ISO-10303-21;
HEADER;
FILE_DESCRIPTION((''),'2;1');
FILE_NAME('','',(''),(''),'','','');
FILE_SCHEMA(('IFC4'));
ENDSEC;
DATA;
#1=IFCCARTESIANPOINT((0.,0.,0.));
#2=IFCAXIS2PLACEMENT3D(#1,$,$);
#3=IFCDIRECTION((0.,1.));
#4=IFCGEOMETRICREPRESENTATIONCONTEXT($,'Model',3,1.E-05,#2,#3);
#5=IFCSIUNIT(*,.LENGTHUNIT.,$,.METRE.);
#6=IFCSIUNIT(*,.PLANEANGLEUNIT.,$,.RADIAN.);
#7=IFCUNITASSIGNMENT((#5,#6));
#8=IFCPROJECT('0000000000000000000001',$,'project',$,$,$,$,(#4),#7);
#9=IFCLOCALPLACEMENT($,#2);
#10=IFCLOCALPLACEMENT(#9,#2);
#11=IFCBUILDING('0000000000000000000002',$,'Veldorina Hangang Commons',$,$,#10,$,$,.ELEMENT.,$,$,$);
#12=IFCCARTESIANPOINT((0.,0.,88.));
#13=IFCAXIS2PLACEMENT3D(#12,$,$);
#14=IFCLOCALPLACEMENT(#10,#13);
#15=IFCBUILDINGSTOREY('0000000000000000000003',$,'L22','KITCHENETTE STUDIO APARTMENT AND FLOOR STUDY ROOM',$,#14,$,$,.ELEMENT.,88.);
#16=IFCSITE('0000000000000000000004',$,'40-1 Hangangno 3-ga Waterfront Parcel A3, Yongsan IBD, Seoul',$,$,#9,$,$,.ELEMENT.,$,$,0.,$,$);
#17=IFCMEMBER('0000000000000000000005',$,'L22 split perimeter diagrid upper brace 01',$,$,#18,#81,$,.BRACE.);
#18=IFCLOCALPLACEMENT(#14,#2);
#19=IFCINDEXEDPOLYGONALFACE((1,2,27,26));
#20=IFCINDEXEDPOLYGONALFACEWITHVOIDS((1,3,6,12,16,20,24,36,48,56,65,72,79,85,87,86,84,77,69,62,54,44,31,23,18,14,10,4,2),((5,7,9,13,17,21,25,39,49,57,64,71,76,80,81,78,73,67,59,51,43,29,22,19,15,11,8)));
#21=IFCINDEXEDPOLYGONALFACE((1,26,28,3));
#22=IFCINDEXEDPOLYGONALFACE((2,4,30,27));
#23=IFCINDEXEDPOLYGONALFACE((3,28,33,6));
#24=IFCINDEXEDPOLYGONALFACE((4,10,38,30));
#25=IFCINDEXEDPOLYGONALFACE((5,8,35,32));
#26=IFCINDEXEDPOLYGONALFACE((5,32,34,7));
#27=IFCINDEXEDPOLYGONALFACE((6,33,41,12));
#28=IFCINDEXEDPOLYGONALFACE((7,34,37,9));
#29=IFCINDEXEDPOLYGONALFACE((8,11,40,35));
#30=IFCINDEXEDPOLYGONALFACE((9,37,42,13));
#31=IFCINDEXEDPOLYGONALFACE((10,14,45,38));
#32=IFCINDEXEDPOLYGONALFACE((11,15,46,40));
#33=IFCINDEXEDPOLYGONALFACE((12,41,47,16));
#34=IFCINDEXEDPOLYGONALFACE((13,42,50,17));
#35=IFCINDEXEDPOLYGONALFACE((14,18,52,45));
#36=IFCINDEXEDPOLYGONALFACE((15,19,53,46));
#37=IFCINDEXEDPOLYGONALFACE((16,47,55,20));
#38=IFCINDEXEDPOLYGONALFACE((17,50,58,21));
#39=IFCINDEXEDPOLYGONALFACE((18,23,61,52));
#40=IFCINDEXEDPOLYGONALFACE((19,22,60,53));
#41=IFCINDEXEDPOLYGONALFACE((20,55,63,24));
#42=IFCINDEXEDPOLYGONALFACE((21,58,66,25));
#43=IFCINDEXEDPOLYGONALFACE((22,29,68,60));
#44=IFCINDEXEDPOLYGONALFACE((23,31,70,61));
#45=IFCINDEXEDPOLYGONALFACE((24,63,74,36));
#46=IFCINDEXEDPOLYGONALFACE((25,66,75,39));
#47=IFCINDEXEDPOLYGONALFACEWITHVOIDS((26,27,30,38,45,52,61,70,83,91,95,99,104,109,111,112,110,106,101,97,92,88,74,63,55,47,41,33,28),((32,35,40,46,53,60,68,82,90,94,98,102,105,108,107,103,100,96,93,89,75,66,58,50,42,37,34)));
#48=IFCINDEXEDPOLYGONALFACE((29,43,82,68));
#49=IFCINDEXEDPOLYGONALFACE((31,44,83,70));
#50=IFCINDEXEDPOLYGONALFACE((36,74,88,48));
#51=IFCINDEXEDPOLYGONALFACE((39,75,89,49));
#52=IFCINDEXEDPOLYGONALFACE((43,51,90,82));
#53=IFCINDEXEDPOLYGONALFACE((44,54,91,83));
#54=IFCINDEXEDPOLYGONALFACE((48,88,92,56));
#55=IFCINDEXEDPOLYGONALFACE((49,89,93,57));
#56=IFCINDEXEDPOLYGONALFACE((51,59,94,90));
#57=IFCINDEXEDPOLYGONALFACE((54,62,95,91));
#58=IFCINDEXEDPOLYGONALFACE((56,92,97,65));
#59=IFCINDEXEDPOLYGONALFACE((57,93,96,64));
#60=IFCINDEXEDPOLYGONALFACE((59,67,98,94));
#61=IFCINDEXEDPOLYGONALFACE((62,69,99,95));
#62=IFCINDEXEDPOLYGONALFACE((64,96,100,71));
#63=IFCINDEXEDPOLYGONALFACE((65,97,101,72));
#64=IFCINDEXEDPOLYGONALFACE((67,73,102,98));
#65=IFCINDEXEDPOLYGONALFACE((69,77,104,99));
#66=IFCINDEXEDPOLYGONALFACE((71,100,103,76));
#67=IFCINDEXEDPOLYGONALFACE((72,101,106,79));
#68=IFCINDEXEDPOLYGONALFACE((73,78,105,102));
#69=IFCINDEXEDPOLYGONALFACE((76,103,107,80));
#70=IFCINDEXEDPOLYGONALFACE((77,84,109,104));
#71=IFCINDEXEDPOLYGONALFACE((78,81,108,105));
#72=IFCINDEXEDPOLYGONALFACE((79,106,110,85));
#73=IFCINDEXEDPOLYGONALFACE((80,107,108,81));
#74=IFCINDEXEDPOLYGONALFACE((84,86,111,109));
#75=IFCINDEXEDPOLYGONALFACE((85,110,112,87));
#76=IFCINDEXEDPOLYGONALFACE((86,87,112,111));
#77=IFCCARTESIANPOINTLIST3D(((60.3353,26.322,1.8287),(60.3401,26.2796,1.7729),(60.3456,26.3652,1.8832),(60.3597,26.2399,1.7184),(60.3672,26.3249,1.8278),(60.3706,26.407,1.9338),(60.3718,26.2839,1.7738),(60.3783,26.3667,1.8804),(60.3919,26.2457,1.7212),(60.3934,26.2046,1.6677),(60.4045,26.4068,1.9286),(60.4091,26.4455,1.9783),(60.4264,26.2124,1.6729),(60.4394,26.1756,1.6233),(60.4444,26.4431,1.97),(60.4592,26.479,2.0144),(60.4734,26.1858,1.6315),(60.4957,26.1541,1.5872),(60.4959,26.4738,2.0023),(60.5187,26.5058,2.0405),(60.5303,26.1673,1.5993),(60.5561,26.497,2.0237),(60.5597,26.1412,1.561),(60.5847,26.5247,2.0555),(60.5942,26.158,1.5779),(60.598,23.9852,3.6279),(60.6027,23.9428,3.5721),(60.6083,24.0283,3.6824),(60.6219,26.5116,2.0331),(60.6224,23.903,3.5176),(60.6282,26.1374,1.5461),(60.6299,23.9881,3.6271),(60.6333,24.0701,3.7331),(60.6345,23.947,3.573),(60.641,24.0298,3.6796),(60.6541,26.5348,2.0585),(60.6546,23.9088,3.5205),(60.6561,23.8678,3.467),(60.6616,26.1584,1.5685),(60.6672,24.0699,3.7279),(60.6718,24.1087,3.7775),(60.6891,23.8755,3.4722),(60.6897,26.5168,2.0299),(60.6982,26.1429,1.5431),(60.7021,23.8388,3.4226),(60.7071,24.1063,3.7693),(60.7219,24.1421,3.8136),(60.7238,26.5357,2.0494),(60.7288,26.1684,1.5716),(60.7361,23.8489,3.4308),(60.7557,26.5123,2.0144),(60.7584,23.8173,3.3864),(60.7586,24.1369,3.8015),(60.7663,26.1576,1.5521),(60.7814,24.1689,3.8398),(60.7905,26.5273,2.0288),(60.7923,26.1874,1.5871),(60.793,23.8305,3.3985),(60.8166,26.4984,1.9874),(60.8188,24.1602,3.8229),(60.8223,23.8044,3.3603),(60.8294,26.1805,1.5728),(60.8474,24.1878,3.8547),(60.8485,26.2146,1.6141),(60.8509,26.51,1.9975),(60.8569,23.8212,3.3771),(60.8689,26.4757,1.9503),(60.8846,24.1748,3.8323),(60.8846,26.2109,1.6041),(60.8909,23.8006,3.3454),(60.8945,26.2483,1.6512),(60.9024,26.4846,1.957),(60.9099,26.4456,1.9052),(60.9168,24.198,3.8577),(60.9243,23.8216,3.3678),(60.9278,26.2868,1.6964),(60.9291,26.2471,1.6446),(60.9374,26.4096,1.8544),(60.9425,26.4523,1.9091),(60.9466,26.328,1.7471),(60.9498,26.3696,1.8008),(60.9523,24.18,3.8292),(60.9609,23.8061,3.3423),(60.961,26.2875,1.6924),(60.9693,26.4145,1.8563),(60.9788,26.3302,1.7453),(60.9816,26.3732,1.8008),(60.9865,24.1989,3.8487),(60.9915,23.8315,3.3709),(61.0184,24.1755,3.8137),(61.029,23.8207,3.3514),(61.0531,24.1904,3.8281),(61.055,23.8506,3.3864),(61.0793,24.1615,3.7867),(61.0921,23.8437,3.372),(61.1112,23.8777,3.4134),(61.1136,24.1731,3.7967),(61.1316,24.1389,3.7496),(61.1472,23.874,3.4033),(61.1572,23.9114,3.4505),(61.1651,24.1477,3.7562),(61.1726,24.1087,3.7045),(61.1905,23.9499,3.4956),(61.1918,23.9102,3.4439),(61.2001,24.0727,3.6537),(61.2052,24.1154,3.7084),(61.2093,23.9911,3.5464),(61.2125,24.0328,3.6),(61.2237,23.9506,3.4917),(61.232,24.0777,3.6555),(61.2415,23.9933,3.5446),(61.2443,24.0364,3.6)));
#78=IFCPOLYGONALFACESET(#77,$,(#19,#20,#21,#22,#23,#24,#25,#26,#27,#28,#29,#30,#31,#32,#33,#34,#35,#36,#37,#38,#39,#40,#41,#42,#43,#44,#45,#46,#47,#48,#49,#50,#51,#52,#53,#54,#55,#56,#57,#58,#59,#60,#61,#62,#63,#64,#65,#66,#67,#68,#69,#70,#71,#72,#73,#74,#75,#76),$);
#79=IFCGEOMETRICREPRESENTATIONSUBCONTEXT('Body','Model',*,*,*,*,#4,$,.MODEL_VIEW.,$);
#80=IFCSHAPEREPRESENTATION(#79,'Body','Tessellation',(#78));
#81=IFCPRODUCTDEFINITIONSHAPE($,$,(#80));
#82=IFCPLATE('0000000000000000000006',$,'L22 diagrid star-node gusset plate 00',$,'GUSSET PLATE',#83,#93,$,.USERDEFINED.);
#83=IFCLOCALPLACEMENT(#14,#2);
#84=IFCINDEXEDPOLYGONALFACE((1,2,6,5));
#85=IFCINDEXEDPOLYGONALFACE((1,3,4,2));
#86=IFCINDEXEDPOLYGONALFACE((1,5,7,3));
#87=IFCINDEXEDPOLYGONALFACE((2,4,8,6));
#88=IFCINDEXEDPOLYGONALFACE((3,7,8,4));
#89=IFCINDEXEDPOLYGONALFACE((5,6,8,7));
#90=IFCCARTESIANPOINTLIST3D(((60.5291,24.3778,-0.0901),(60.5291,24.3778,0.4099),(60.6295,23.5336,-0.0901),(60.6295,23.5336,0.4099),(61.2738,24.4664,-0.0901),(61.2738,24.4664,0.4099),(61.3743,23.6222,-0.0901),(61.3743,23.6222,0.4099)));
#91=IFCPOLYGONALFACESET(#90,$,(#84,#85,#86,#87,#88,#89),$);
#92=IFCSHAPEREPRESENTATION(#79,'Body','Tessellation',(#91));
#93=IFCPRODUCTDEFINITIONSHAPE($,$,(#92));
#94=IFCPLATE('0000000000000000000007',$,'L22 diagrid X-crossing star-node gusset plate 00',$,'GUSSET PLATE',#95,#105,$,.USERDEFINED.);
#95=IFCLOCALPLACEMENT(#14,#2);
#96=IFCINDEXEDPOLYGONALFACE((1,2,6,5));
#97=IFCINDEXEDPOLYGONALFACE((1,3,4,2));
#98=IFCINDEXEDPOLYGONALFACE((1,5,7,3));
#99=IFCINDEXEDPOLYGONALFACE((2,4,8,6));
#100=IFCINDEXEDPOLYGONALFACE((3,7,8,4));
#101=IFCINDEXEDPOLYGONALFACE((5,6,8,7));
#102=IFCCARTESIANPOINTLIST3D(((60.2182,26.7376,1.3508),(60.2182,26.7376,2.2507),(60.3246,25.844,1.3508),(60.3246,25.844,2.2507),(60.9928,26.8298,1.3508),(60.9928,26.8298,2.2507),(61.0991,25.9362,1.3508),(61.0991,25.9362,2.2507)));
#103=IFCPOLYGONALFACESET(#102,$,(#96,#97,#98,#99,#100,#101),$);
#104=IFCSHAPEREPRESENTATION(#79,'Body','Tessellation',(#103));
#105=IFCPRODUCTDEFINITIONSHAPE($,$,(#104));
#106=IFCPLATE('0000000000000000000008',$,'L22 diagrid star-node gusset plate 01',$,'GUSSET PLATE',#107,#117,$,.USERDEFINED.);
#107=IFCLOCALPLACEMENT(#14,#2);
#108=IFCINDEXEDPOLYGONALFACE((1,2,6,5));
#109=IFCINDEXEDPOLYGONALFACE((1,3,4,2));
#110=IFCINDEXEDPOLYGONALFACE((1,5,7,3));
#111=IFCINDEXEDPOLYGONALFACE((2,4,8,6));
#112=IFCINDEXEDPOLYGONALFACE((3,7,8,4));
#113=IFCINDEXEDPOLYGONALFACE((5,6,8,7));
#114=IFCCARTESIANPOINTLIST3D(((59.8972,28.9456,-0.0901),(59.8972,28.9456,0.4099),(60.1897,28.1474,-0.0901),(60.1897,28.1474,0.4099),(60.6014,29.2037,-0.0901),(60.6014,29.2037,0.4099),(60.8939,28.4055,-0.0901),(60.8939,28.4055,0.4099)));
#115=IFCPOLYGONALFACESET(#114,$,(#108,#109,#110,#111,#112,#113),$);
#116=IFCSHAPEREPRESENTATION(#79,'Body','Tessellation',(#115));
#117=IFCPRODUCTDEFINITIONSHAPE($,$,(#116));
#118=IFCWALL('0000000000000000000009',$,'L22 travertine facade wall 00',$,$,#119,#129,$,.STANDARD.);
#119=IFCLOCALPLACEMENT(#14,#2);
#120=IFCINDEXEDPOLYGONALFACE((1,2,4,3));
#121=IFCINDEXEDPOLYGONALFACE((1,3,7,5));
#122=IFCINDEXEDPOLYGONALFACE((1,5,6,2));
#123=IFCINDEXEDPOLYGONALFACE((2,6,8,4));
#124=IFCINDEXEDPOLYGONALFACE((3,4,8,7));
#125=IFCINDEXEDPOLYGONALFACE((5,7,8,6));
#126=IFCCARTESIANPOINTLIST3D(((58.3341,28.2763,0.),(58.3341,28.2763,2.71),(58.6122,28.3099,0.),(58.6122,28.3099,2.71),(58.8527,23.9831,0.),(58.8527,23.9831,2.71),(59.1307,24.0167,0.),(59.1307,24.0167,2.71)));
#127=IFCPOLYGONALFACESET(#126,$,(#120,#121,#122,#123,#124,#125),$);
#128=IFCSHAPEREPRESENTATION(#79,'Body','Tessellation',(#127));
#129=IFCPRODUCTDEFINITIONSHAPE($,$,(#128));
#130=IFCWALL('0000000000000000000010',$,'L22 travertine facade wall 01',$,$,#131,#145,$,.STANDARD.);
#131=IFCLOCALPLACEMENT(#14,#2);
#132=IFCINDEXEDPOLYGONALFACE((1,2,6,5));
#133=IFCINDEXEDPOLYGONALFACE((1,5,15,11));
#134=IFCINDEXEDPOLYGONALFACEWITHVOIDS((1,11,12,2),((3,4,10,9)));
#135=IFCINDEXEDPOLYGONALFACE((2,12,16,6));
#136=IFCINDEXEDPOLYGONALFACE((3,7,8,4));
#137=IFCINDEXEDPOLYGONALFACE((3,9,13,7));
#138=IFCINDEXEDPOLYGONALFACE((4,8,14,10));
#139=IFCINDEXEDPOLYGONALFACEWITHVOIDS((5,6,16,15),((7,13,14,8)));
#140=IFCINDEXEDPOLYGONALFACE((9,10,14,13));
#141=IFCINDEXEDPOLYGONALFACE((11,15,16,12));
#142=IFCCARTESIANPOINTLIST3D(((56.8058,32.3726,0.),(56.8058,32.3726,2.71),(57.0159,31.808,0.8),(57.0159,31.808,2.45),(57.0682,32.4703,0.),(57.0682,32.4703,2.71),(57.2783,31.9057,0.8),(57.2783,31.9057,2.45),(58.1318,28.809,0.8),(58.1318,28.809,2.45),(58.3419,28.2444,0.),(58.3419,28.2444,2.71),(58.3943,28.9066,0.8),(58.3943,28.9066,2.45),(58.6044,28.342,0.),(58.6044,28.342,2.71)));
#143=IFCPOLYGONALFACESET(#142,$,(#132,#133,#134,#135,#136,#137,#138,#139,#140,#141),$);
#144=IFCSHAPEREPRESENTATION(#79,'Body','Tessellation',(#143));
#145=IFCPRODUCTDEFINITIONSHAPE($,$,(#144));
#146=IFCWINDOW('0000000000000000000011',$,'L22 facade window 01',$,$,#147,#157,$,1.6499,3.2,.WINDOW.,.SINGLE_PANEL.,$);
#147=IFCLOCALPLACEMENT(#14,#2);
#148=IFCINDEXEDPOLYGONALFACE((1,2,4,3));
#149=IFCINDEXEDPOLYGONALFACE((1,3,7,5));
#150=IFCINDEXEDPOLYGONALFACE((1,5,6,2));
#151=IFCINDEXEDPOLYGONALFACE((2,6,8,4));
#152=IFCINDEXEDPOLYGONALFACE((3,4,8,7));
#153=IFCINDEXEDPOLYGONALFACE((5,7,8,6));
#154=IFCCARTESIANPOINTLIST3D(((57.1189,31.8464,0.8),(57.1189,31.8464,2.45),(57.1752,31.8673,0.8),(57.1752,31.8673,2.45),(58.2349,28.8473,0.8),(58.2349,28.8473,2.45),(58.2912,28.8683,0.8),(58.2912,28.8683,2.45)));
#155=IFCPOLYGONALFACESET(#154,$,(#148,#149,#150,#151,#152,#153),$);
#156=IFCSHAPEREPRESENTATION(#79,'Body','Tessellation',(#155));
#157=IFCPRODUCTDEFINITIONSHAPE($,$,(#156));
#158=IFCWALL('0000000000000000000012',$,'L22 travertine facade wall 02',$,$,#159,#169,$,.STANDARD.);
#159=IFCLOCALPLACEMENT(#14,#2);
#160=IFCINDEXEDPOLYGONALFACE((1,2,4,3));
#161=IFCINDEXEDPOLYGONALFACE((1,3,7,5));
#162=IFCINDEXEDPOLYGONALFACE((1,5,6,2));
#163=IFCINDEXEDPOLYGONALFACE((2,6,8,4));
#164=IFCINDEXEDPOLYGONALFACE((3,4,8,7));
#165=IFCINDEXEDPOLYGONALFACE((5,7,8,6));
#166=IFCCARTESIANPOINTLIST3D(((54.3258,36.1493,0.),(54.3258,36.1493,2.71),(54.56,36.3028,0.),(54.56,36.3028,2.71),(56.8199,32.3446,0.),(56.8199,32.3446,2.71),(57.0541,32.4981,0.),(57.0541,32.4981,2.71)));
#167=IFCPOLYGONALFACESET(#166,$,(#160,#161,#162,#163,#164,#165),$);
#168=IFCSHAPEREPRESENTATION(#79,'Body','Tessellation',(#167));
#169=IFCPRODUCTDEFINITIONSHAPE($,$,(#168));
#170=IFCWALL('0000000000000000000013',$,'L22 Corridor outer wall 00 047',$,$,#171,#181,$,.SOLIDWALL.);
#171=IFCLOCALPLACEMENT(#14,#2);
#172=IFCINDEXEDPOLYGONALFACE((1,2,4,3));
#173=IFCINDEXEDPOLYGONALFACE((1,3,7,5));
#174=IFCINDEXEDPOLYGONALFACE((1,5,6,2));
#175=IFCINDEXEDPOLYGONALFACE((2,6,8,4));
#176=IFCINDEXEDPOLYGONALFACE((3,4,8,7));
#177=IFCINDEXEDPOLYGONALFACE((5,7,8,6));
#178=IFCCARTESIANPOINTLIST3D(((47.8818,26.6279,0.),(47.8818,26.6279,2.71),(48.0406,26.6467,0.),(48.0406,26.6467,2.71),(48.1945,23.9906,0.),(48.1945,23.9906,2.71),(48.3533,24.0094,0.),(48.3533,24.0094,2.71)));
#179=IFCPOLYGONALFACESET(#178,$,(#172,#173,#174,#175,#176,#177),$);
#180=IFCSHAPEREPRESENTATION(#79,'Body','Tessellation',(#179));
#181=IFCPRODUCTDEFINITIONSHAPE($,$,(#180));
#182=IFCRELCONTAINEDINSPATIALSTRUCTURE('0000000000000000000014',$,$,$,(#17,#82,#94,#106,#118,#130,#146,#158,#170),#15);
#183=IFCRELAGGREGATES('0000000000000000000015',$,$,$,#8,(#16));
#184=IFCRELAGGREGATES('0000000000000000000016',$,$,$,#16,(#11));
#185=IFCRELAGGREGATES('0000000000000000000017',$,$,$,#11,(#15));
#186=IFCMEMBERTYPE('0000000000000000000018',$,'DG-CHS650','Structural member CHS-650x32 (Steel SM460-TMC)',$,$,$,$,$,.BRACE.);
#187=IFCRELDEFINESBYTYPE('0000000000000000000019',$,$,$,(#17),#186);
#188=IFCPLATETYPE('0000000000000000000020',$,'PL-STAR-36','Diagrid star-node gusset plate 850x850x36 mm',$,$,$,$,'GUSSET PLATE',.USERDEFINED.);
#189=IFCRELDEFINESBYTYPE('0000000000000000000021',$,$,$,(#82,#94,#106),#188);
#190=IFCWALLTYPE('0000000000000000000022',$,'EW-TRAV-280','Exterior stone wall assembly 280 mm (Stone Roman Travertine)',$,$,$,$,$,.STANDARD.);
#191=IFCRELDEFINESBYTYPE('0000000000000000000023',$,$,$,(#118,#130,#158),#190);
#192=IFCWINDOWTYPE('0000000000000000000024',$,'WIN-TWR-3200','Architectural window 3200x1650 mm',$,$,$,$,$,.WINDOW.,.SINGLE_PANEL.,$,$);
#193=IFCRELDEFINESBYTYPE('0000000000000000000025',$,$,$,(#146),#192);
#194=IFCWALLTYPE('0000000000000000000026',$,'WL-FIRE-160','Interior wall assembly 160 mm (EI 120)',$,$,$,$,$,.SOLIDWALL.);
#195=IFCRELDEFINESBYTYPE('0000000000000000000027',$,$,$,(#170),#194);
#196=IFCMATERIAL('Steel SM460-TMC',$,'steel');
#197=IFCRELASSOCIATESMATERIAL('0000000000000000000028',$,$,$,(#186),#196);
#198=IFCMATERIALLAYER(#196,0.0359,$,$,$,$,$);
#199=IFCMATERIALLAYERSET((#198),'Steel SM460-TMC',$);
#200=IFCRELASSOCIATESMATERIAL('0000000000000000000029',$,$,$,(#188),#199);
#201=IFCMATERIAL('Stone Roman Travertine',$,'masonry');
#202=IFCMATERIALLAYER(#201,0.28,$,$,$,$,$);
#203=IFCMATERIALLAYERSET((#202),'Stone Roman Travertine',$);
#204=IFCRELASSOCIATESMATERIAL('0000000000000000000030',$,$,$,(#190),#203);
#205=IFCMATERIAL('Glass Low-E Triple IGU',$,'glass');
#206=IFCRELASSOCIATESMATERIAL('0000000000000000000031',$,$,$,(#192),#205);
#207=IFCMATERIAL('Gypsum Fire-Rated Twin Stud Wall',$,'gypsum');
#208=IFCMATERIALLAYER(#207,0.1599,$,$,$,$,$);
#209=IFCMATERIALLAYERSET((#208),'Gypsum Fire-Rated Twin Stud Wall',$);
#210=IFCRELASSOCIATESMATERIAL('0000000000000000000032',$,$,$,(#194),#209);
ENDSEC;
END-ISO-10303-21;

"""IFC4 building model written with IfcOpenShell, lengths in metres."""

from ifc_helpers import new_model, si_unit, direction, frame, frame_2d, origin, origin_2d, place, context, subcontext, project, spatial, rectangle, hollow_circle, extrude, material, layer, layer_set, material_profile, profile_set, type_object, element, fill, save


model = new_model("IFC4")

# Units and contexts
model_context = context("Model", 3, precision=1e-05, world=origin(), true_north=direction((0.0, 1.0)))
body_context = subcontext(model_context, "Body", "Model", "MODEL_VIEW")
ifc_project = project(units=[si_unit("LENGTHUNIT", "METRE"), si_unit("PLANEANGLEUNIT", "RADIAN")], contexts=[model_context])

# Site, building, storey
site_placement = place(None, origin())
site = spatial("IfcSite", under=ifc_project, at=site_placement, Name="40-1 Hangangno 3-ga Waterfront Parcel A3, Yongsan IBD, Seoul", CompositionType="ELEMENT", RefElevation=0.0)
building_placement = place(site_placement, origin())
building = spatial("IfcBuilding", under=site, at=building_placement, Name="Veldorina Hangang Commons", CompositionType="ELEMENT")
storey_placement = place(building_placement, frame((0.0, 0.0, 88.0)))
storey = spatial("IfcBuildingStorey", under=building, at=storey_placement, Name="L22", Description="KITCHENETTE STUDIO APARTMENT AND FLOOR STUDY ROOM", CompositionType="ELEMENT", Elevation=88.0)

# Member
ifc_material_1 = material(Name="Steel SM460-TMC", Category="steel")
ifc_material_profile_1 = material_profile(ifc_material_1, hollow_circle(Radius=0.325, WallThickness=0.032, at=origin_2d()), Name="CHS-650x32")
ifc_profile_set_1 = profile_set([ifc_material_profile_1], Name="Steel SM460-TMC")
member_type = type_object("IfcMemberType", Name="DG-CHS650", Description="Structural member CHS-650x32 (Steel SM460-TMC)", PredefinedType="BRACE", material=ifc_profile_set_1)
member_1_placement = place(storey_placement, frame((60.6587, 26.3369, 1.8008), z_axis=(0.088717, -0.789223, 0.607665), x_axis=(0.993741, 0.111708, 0.0)))
element("IfcMember", 1, at=member_1_placement, inside=storey, type_object=member_type, Name="L22 split perimeter diagrid upper brace 01", PredefinedType="BRACE", context=body_context, shape_type="SweptSolid", body=[
    extrude(hollow_circle(Radius=0.325, WallThickness=0.032, at=origin_2d()), origin(), (0.0, 0.0, 1.0), 2.9609),
])

# Plates
ifc_layer_1 = layer(ifc_material_1, 0.0359)
ifc_layer_set_1 = layer_set([ifc_layer_1], Name="Steel SM460-TMC")
plate_type = type_object("IfcPlateType", Name="PL-STAR-36", Description="Diagrid star-node gusset plate 850x850x36 mm", ElementType="GUSSET PLATE", PredefinedType="USERDEFINED", material=ifc_layer_set_1)
plate_1_placement = place(storey_placement, frame((60.9517, 24.0, -0.0901), z_axis=(0.0, 0.0, 1.0), x_axis=(-0.118144, 0.992996, 0.0)))
element("IfcPlate", 2, at=plate_1_placement, inside=storey, type_object=plate_type, Name="L22 diagrid star-node gusset plate 00", ObjectType="GUSSET PLATE", PredefinedType="USERDEFINED", context=body_context, shape_type="SweptSolid", body=[
    extrude(rectangle(XDim=0.8501, YDim=0.75, at=origin_2d()), origin(), (0.0, 0.0, 1.0), 0.5),
])
plate_2_placement = place(storey_placement, frame((60.6587, 26.3369, 1.3508), z_axis=(0.0, 0.0, 1.0), x_axis=(-0.118144, 0.992996, 0.0)))
element("IfcPlate", 3, at=plate_2_placement, inside=storey, type_object=plate_type, Name="L22 diagrid X-crossing star-node gusset plate 00", ObjectType="GUSSET PLATE", PredefinedType="USERDEFINED", context=body_context, shape_type="SweptSolid", body=[
    extrude(rectangle(XDim=0.8999, YDim=0.78, at=origin_2d()), origin(), (0.0, 0.0, 1.0), 0.8999),
])
plate_3_placement = place(storey_placement, frame((60.3955, 28.6755, -0.0901), z_axis=(0.0, 0.0, 1.0), x_axis=(-0.344069, 0.938944, 0.0)))
element("IfcPlate", 4, at=plate_3_placement, inside=storey, type_object=plate_type, Name="L22 diagrid star-node gusset plate 01", ObjectType="GUSSET PLATE", PredefinedType="USERDEFINED", context=body_context, shape_type="SweptSolid", body=[
    extrude(rectangle(XDim=0.8501, YDim=0.75, at=origin_2d()), origin(), (0.0, 0.0, 1.0), 0.5),
])

# Wall
ifc_material_2 = material(Name="Stone Roman Travertine", Category="masonry")
ifc_layer_2 = layer(ifc_material_2, 0.28)
ifc_layer_set_2 = layer_set([ifc_layer_2], Name="Stone Roman Travertine")
wall_type_1 = type_object("IfcWallType", Name="EW-TRAV-280", Description="Exterior stone wall assembly 280 mm (Stone Roman Travertine)", PredefinedType="STANDARD", material=ifc_layer_set_2)
wall_1_placement = place(storey_placement, frame((58.9917, 24.0, 0.0), z_axis=(0.0, 0.0, 1.0), x_axis=(-0.119913, 0.992784, 0.0)))
element("IfcWall", 5, at=wall_1_placement, inside=storey, type_object=wall_type_1, Name="L22 travertine facade wall 00", PredefinedType="STANDARD", context=body_context, shape_type="SweptSolid", body=[
    extrude(rectangle(XDim=4.3245, YDim=0.28, at=frame_2d((2.1621, 0.0))), origin(), (0.0, 0.0, 1.0), 2.71),
])

# Wall, opening, window
wall_2_placement = place(storey_placement, frame((58.4731, 28.2932, 0.0), z_axis=(0.0, 0.0, 1.0), x_axis=(-0.348747, 0.937217, 0.0)))
wall_2 = element("IfcWall", 6, at=wall_2_placement, inside=storey, type_object=wall_type_1, Name="L22 travertine facade wall 01", PredefinedType="STANDARD", context=body_context, shape_type="SweptSolid", body=[
    extrude(rectangle(XDim=4.4048, YDim=0.28, at=frame_2d((2.2024, 0.0))), origin(), (0.0, 0.0, 1.0), 2.71),
])
opening_1_placement = place(wall_2_placement, frame((0.6023, 0.0, 0.8)))
opening_1 = element("IfcOpeningElement", 7, at=opening_1_placement, cuts=wall_2, PredefinedType="OPENING", context=body_context, shape_type="SweptSolid", body=[
    extrude(rectangle(XDim=3.2, YDim=1.6499, at=frame_2d((1.6001, 0.825))), frame((0.0, 0.1499, 0.0), z_axis=(0.0, -1.0, 0.0), x_axis=(1.0, 0.0, 0.0)), (0.0, 0.0, 1.0), 0.3),
])
ifc_material_3 = material(Name="Glass Low-E Triple IGU", Category="glass")
window_type = type_object("IfcWindowType", Name="WIN-TWR-3200", Description="Architectural window 3200x1650 mm", PartitioningType="SINGLE_PANEL", PredefinedType="WINDOW", material=ifc_material_3)
window_placement = place(opening_1_placement, origin())
window = element("IfcWindow", 8, at=window_placement, inside=storey, type_object=window_type, Name="L22 facade window 01", OverallHeight=1.6499, OverallWidth=3.2, PartitioningType="SINGLE_PANEL", PredefinedType="WINDOW", context=body_context, shape_type="SweptSolid", body=[
    extrude(rectangle(XDim=3.2, YDim=1.6499, at=frame_2d((1.6001, 0.825))), frame((0.0, 0.03, 0.0), z_axis=(0.0, -1.0, 0.0), x_axis=(1.0, 0.0, 0.0)), (0.0, 0.0, 1.0), 0.0601),
])
fill(opening_1, window)

# Walls
wall_3_placement = place(storey_placement, frame((56.937, 32.4214, 0.0), z_axis=(0.0, 0.0, 1.0), x_axis=(-0.548244, 0.836319, 0.0)))
element("IfcWall", 9, at=wall_3_placement, inside=storey, type_object=wall_type_1, Name="L22 travertine facade wall 02", PredefinedType="STANDARD", context=body_context, shape_type="SweptSolid", body=[
    extrude(rectangle(XDim=4.5493, YDim=0.28, at=frame_2d((2.2747, 0.0))), origin(), (0.0, 0.0, 1.0), 2.71),
])
ifc_material_4 = material(Name="Gypsum Fire-Rated Twin Stud Wall", Category="gypsum")
ifc_layer_3 = layer(ifc_material_4, 0.1599)
ifc_layer_set_3 = layer_set([ifc_layer_3], Name="Gypsum Fire-Rated Twin Stud Wall")
wall_type_2 = type_object("IfcWallType", Name="WL-FIRE-160", Description="Interior wall assembly 160 mm (EI 120)", PredefinedType="SOLIDWALL", material=ifc_layer_set_3)
wall_4_placement = place(storey_placement, frame((48.2739, 24.0, 0.0), z_axis=(0.0, 0.0, 1.0), x_axis=(-0.117764, 0.993042, 0.0)))
element("IfcWall", 10, at=wall_4_placement, inside=storey, type_object=wall_type_2, Name="L22 Corridor outer wall 00 047", PredefinedType="SOLIDWALL", context=body_context, shape_type="SweptSolid", body=[
    extrude(rectangle(XDim=2.6558, YDim=0.1599, at=frame_2d((1.3279, 0.0))), origin(), (0.0, 0.0, 1.0), 2.71),
])

save(model, "model.ifc")
